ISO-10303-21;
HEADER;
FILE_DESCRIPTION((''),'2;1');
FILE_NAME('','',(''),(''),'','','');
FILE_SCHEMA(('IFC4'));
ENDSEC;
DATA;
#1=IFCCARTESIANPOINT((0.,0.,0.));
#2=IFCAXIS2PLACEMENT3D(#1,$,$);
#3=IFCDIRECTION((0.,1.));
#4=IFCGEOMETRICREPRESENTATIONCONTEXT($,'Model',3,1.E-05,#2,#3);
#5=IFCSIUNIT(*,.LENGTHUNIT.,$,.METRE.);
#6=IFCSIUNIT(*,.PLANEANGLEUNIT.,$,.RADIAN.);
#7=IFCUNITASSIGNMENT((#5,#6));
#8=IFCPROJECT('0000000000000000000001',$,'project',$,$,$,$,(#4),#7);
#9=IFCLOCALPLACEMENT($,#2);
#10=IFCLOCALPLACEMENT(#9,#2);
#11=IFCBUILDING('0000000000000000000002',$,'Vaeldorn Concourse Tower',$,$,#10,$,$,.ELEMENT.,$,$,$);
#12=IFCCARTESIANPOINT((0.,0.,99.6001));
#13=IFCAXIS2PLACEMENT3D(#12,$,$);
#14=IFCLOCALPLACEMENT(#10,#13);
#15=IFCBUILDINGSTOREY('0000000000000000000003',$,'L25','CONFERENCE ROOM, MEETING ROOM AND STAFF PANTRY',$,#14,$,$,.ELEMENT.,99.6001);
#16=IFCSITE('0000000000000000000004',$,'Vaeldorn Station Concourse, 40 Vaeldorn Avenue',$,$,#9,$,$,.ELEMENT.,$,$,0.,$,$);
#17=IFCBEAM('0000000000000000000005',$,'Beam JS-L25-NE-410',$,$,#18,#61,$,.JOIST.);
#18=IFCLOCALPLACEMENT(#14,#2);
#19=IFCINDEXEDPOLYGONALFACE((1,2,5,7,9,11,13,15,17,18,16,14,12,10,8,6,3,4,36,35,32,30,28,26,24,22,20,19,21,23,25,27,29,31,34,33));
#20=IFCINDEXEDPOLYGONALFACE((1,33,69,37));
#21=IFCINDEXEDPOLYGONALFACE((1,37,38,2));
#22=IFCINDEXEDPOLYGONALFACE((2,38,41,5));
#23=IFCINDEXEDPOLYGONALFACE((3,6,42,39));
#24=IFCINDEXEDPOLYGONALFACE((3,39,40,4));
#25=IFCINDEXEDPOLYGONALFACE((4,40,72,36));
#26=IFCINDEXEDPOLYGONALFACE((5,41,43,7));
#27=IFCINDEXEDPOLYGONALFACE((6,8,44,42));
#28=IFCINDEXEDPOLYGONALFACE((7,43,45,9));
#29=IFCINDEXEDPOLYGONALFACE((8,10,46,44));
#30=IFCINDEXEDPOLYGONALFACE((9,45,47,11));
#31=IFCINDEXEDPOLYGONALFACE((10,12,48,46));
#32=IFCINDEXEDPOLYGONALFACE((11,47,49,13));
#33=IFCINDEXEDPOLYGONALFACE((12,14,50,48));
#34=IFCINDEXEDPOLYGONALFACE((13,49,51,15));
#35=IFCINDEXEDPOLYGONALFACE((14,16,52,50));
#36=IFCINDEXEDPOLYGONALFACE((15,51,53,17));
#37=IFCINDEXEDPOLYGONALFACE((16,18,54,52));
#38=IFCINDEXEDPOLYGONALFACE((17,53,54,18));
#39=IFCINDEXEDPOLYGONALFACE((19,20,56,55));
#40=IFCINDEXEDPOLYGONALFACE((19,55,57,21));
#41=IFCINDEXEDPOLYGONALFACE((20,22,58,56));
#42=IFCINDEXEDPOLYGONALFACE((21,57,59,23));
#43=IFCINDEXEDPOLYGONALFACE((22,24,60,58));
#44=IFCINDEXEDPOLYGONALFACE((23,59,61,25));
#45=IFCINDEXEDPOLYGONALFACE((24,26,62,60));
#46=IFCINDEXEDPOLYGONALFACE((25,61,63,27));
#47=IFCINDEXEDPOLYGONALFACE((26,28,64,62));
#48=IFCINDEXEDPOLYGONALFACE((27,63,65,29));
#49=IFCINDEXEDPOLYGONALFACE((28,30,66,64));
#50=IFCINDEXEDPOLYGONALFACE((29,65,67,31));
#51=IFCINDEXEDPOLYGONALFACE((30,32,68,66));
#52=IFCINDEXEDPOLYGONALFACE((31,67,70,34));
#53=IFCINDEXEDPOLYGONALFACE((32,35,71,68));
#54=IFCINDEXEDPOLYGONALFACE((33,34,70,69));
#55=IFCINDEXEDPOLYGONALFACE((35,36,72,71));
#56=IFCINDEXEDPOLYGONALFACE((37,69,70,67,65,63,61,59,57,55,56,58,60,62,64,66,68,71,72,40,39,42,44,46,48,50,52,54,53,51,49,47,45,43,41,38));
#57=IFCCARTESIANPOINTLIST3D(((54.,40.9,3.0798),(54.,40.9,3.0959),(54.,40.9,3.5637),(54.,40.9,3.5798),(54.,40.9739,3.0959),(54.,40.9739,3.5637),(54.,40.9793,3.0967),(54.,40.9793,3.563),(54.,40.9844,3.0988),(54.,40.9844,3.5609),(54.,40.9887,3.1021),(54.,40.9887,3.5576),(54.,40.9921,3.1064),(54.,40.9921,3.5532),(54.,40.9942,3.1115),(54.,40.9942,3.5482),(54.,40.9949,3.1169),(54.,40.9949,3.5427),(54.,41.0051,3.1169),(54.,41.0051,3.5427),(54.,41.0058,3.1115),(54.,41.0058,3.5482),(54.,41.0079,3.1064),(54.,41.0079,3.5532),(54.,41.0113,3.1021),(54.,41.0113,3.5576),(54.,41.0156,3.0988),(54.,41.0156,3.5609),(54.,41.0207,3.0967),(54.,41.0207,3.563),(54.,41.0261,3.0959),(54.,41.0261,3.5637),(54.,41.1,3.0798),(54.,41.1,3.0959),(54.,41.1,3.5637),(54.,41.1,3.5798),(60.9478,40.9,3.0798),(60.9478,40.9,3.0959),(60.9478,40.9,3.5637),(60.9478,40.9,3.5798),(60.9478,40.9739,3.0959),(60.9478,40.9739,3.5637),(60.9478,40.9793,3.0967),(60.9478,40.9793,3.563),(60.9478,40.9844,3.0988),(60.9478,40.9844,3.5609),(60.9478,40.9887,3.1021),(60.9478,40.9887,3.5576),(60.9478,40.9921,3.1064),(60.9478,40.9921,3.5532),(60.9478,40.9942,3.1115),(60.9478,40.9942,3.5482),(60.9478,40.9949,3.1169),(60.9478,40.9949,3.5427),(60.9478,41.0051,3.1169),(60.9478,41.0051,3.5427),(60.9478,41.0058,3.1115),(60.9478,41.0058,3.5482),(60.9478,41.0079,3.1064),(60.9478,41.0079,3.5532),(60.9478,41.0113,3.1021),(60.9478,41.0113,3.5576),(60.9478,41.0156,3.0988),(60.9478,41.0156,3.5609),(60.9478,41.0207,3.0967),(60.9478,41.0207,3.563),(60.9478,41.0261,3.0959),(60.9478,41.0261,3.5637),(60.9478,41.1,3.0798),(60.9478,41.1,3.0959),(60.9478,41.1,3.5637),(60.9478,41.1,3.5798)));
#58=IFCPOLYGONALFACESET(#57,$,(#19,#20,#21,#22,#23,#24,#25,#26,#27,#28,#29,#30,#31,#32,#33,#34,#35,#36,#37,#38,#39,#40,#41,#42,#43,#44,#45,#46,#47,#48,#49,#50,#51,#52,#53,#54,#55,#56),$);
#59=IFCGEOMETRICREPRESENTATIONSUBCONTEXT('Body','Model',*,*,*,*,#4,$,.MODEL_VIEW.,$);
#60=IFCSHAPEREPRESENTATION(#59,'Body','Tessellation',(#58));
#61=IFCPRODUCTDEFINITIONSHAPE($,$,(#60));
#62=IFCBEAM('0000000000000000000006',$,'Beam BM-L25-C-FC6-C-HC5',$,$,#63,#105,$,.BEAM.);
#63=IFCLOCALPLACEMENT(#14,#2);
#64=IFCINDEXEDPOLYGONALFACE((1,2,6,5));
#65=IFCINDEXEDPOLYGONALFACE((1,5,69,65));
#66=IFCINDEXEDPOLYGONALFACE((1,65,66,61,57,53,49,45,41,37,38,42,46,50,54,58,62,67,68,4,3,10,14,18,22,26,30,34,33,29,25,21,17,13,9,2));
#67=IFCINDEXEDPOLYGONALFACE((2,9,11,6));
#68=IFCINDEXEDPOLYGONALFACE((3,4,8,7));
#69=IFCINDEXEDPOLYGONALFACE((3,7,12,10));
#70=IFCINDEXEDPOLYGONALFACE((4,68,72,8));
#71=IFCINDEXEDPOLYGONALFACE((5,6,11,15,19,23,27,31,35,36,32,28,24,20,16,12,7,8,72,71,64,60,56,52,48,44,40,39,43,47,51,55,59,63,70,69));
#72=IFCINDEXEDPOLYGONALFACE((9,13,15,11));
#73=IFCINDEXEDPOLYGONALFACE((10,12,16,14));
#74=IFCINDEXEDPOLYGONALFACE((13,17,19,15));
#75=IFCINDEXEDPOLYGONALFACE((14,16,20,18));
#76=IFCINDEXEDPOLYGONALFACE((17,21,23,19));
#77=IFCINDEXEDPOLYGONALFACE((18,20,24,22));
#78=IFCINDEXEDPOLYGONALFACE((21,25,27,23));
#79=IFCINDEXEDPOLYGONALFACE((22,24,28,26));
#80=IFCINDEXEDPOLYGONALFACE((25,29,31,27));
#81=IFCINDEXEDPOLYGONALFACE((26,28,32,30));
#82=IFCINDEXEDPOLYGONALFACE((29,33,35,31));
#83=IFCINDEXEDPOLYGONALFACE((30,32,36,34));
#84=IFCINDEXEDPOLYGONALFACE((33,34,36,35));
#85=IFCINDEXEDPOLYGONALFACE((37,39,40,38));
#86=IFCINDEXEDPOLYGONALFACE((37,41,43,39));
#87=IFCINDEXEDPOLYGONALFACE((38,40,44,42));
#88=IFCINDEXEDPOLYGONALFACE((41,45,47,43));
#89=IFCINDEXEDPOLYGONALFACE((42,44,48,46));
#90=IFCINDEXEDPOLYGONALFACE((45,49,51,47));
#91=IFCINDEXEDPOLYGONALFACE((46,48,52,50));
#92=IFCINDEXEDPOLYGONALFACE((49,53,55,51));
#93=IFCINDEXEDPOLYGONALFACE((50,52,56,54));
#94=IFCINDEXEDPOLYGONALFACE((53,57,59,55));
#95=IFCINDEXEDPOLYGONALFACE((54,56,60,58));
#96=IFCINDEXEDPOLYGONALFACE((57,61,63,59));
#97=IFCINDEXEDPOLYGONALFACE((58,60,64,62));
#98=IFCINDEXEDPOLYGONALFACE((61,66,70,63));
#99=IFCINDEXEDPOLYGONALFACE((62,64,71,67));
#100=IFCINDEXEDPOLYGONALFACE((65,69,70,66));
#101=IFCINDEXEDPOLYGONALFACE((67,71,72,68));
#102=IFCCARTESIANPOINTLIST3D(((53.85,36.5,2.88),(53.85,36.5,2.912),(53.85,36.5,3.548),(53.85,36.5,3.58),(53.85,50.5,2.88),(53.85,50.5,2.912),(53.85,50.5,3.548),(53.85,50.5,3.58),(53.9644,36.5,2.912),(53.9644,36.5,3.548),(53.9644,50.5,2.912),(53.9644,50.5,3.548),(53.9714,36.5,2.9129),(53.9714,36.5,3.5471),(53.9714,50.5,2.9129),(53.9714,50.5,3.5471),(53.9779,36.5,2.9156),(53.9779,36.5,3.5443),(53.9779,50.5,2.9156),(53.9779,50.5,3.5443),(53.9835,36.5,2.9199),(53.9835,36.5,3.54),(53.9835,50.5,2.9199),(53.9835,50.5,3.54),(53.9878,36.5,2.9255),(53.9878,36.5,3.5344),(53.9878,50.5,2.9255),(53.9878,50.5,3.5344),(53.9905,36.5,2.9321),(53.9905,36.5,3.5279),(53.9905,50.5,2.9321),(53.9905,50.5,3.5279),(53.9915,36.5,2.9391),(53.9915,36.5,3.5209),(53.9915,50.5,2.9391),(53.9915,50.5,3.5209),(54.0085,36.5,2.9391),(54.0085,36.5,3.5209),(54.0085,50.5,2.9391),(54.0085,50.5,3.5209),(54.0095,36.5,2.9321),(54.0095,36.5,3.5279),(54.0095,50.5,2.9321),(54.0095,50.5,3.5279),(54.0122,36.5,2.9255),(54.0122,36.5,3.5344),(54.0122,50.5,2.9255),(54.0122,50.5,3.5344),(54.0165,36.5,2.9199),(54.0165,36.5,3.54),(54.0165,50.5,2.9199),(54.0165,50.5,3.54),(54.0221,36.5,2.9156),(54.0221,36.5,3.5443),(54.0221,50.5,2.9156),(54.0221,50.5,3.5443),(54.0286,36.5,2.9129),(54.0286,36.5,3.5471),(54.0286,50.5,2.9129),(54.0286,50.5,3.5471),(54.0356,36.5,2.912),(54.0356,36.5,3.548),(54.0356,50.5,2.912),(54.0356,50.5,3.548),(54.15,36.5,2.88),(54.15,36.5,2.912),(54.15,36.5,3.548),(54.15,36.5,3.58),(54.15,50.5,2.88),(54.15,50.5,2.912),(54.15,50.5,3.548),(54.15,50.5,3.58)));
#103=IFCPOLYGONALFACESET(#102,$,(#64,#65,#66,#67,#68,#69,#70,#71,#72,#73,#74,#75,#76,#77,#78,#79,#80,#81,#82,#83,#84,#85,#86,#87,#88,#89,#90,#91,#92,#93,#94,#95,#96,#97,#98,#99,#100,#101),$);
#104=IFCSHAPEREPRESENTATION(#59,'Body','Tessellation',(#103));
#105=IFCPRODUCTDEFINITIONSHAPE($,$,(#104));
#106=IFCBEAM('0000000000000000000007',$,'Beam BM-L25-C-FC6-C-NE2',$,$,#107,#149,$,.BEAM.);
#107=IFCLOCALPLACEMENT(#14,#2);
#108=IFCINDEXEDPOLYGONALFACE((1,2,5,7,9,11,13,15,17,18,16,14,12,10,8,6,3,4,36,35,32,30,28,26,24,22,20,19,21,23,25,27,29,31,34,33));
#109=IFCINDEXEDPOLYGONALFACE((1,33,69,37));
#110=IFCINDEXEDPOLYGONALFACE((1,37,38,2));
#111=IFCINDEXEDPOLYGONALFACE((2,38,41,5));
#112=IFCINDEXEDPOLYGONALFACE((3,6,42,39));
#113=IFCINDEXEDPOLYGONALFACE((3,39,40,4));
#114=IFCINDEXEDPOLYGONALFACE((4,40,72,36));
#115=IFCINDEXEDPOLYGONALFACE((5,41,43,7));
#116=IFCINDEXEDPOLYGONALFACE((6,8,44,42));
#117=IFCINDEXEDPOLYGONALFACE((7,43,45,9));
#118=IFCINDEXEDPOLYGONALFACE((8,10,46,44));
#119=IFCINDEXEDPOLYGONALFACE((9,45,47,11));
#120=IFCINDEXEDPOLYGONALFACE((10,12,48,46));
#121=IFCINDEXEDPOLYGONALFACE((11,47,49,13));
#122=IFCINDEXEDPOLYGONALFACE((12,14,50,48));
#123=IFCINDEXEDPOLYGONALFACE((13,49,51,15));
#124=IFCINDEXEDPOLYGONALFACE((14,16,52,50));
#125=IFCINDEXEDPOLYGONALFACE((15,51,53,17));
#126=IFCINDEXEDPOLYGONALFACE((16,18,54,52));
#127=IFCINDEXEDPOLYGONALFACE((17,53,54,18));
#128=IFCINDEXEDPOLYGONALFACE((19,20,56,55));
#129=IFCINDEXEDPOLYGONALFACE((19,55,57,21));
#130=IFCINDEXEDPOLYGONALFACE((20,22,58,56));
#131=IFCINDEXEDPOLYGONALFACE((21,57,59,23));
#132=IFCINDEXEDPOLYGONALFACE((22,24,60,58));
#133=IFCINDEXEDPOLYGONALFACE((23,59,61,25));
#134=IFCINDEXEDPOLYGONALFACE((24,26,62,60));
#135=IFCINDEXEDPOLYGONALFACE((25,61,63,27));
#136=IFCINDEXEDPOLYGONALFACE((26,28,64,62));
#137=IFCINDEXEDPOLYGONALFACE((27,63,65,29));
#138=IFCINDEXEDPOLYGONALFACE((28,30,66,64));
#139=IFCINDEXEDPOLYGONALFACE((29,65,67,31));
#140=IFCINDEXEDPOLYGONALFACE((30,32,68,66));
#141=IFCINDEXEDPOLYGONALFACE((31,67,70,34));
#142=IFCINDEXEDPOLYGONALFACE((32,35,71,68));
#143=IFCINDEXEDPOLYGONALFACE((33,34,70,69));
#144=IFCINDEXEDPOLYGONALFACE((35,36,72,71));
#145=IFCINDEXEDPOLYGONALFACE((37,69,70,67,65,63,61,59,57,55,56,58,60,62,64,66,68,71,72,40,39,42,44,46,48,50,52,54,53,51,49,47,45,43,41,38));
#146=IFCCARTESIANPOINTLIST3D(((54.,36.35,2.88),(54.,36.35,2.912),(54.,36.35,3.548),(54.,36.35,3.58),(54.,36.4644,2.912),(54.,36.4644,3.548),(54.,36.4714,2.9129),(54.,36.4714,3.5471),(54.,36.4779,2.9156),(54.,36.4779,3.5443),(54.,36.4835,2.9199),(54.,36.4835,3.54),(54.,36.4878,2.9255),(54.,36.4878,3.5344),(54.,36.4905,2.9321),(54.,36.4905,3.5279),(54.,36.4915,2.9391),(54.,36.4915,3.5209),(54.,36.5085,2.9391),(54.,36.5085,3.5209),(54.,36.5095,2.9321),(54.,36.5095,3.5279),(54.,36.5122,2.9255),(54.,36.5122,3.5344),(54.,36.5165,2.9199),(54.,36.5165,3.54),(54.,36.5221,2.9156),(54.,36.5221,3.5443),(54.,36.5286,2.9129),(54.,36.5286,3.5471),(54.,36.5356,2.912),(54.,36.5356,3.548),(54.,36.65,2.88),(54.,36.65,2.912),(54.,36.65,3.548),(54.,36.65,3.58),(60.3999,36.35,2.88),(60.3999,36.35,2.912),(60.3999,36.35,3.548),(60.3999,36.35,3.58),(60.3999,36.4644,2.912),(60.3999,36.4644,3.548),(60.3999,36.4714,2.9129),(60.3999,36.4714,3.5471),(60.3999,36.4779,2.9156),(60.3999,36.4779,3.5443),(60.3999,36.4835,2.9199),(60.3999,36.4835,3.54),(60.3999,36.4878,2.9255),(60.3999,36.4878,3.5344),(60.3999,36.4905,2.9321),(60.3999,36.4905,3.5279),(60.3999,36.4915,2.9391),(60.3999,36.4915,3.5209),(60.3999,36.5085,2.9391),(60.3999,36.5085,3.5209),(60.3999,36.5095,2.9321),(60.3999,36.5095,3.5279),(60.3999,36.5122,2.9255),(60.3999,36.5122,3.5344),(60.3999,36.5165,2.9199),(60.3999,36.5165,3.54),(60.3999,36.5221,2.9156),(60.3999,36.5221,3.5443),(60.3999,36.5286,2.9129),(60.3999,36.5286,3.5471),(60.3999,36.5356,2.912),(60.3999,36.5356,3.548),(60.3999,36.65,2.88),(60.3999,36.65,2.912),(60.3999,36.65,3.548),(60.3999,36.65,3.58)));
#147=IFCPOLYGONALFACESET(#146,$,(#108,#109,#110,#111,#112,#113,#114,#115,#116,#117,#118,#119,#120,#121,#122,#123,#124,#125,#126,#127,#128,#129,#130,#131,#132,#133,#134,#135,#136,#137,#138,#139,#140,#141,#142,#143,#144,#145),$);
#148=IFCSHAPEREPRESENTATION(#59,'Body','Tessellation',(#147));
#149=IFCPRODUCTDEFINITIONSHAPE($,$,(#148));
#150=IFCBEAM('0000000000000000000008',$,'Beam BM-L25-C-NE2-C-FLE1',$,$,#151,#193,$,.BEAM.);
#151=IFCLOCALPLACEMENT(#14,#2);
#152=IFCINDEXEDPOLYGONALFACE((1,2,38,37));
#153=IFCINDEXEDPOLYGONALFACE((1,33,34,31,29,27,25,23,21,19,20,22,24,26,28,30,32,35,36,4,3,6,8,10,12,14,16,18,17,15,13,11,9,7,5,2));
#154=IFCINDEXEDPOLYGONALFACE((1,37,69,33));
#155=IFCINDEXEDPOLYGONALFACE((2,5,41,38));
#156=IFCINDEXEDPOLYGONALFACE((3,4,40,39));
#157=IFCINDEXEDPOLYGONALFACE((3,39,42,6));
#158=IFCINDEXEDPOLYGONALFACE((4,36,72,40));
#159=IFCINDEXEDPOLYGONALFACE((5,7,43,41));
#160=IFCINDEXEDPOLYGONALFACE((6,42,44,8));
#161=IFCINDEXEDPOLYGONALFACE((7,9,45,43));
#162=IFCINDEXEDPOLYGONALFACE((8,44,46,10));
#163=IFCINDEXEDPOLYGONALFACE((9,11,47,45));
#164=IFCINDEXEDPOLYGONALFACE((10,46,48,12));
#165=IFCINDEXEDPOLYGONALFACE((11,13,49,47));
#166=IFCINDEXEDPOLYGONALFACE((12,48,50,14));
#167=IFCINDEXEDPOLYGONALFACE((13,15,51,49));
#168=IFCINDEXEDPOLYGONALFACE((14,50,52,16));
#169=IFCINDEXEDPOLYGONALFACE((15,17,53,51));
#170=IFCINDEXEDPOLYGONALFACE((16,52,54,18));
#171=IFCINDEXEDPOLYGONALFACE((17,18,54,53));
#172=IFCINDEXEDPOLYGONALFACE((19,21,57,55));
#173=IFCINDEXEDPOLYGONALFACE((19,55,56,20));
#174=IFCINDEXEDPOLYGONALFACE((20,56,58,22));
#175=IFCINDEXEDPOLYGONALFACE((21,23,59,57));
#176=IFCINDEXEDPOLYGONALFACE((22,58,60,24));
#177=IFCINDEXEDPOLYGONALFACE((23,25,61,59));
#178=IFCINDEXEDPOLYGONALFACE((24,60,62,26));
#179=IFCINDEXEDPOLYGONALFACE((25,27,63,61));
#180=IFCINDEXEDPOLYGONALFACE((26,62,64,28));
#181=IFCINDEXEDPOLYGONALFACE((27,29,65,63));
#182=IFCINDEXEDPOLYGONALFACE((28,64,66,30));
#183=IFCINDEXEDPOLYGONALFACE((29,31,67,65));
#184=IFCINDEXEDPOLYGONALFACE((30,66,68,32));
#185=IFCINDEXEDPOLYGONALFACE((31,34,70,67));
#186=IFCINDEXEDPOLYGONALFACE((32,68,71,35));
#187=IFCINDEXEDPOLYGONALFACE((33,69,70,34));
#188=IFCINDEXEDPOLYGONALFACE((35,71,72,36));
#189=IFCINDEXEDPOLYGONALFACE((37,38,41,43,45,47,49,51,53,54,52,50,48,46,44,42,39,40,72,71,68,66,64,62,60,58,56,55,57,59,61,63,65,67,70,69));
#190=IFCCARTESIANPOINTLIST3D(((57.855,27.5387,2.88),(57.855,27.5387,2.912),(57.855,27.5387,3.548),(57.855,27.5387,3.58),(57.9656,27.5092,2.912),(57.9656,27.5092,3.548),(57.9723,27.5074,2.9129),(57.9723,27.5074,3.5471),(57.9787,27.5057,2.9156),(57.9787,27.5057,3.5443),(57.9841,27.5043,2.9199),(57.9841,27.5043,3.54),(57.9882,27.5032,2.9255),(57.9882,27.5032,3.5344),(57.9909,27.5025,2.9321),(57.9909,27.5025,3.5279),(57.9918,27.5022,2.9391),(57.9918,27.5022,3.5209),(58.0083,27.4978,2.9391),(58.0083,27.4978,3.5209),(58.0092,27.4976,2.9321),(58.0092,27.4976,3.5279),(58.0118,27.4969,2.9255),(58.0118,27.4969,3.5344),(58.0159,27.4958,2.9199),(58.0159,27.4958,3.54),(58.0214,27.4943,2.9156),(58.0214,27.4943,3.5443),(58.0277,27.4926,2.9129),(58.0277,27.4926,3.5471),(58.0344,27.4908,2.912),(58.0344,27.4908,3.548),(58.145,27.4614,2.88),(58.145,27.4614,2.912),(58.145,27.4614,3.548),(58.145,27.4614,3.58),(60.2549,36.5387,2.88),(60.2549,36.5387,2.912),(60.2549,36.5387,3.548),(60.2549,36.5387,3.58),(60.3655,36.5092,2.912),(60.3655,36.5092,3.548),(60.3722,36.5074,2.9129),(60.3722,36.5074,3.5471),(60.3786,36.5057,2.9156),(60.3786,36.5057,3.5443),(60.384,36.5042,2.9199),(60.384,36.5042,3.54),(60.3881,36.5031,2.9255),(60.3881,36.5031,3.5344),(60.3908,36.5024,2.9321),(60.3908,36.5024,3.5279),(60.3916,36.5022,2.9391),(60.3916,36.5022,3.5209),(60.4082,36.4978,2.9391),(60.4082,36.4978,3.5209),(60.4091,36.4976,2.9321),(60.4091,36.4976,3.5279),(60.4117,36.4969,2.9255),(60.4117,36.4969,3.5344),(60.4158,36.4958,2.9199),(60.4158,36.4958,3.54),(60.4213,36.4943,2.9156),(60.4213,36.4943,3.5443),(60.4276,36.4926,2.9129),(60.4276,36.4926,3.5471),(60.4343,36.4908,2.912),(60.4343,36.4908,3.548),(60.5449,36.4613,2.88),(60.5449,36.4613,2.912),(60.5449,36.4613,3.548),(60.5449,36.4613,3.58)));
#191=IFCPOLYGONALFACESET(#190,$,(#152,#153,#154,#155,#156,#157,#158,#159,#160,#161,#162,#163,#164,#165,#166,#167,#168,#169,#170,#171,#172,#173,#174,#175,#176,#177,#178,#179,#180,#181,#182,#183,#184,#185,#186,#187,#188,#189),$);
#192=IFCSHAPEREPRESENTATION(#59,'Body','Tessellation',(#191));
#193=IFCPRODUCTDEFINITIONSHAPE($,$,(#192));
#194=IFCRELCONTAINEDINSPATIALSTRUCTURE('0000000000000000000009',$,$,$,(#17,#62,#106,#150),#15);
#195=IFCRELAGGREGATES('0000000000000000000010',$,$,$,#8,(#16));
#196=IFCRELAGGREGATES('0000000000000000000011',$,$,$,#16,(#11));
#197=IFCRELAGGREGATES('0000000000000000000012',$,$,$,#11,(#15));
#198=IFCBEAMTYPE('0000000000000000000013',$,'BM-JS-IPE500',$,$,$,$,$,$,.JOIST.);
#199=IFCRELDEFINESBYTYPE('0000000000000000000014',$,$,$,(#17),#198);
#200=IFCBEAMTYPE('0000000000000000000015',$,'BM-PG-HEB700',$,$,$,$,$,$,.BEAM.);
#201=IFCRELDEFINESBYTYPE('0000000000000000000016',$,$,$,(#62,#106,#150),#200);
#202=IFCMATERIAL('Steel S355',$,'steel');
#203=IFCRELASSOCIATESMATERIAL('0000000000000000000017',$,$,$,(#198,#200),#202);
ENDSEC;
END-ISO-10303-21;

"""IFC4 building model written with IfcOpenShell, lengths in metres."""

from ifc_helpers import new_model, si_unit, direction, frame, origin, origin_2d, place, context, subcontext, project, spatial, i_section, extrude, source, transform, mapped, material, material_profile, profile_set, type_object, element, save


model = new_model("IFC4")

# Units and contexts
model_context = context("Model", 3, precision=1e-05, world=origin(), true_north=direction((0.0, 1.0)))
body_context = subcontext(model_context, "Body", "Model", "MODEL_VIEW")
ifc_project = project(units=[si_unit("LENGTHUNIT", "METRE"), si_unit("PLANEANGLEUNIT", "RADIAN")], contexts=[model_context])

# Site, building, storey
site_placement = place(None, origin())
site = spatial("IfcSite", under=ifc_project, at=site_placement, Name="Vaeldorn Station Concourse, 40 Vaeldorn Avenue", CompositionType="ELEMENT", RefElevation=0.0)
building_placement = place(site_placement, origin())
building = spatial("IfcBuilding", under=site, at=building_placement, Name="Vaeldorn Concourse Tower", CompositionType="ELEMENT")
storey_placement = place(building_placement, frame((0.0, 0.0, 99.6001)))
storey = spatial("IfcBuildingStorey", under=building, at=storey_placement, Name="L25", Description="CONFERENCE ROOM, MEETING ROOM AND STAFF PANTRY", CompositionType="ELEMENT", Elevation=99.6001)

# Beams
ifc_material_1 = material(Name="Steel S355", Category="steel")
ifc_material_profile_1 = material_profile(ifc_material_1, i_section(OverallWidth=0.2, OverallDepth=0.5, WebThickness=0.0103, FlangeThickness=0.0161, FilletRadius=0.021, at=origin_2d()), Name="IPE 500")
ifc_profile_set_1 = profile_set([ifc_material_profile_1], Name="Steel S355")
beam_type_1 = type_object("IfcBeamType", Name="BM-JS-IPE500", PredefinedType="JOIST", material=ifc_profile_set_1)
shared_shape_1 = source(origin(), body_context, "Body", "SweptSolid", [
    extrude(i_section(OverallWidth=0.2, OverallDepth=0.5, WebThickness=0.0103, FlangeThickness=0.0161, FilletRadius=0.021, at=origin_2d()), origin(), (0.0, 0.0, 1.0), 6.9478),
])
beam_1_placement = place(storey_placement, frame((54.0, 41.0, 3.3298), z_axis=(1.0, 0.0, 0.0), x_axis=(0.0, 1.0, 0.0)))
element("IfcBeam", 1, at=beam_1_placement, inside=storey, type_object=beam_type_1, Name="Beam JS-L25-NE-410", PredefinedType="JOIST", context=body_context, shape_type="MappedRepresentation", body=[
    mapped(shared_shape_1, transform((0.0, 0.0, 0.0), scale=1.0)),
])
ifc_material_profile_2 = material_profile(ifc_material_1, i_section(OverallWidth=0.3, OverallDepth=0.7, WebThickness=0.0171, FlangeThickness=0.032, FilletRadius=0.0271, at=origin_2d()), Name="HEB 700")
ifc_profile_set_2 = profile_set([ifc_material_profile_2], Name="Steel S355")
beam_type_2 = type_object("IfcBeamType", Name="BM-PG-HEB700", PredefinedType="BEAM", material=ifc_profile_set_2)
shared_shape_2 = source(origin(), body_context, "Body", "SweptSolid", [
    extrude(i_section(OverallWidth=0.3, OverallDepth=0.7, WebThickness=0.0171, FlangeThickness=0.032, FilletRadius=0.0271, at=origin_2d()), origin(), (0.0, 0.0, 1.0), 14.0),
])
beam_2_placement = place(storey_placement, frame((54.0, 36.5, 3.23), z_axis=(0.0, 1.0, 0.0), x_axis=(-1.0, 0.0, 0.0)))
element("IfcBeam", 2, at=beam_2_placement, inside=storey, type_object=beam_type_2, Name="Beam BM-L25-C-FC6-C-HC5", PredefinedType="BEAM", context=body_context, shape_type="MappedRepresentation", body=[
    mapped(shared_shape_2, transform((0.0, 0.0, 0.0), scale=1.0)),
])
shared_shape_3 = source(origin(), body_context, "Body", "SweptSolid", [
    extrude(i_section(OverallWidth=0.3, OverallDepth=0.7, WebThickness=0.0171, FlangeThickness=0.032, FilletRadius=0.0271, at=origin_2d()), origin(), (0.0, 0.0, 1.0), 6.3999),
])
beam_3_placement = place(storey_placement, frame((54.0, 36.5, 3.23), z_axis=(1.0, 0.0, 0.0), x_axis=(0.0, 1.0, 0.0)))
element("IfcBeam", 3, at=beam_3_placement, inside=storey, type_object=beam_type_2, Name="Beam BM-L25-C-FC6-C-NE2", PredefinedType="BEAM", context=body_context, shape_type="MappedRepresentation", body=[
    mapped(shared_shape_3, transform((0.0, 0.0, 0.0), scale=1.0)),
])
shared_shape_4 = source(origin(), body_context, "Body", "SweptSolid", [
    extrude(i_section(OverallWidth=0.3, OverallDepth=0.7, WebThickness=0.0171, FlangeThickness=0.032, FilletRadius=0.0271, at=origin_2d()), origin(), (0.0, 0.0, 1.0), 9.3145),
])
beam_4_placement = place(storey_placement, frame((60.3999, 36.5, 3.23), z_axis=(-0.257653, -0.966238, 0.0), x_axis=(0.966238, -0.257653, 0.0)))
element("IfcBeam", 4, at=beam_4_placement, inside=storey, type_object=beam_type_2, Name="Beam BM-L25-C-NE2-C-FLE1", PredefinedType="BEAM", context=body_context, shape_type="MappedRepresentation", body=[
    mapped(shared_shape_4, transform((0.0, 0.0, 0.0), scale=1.0)),
])

save(model, "model.ifc")
